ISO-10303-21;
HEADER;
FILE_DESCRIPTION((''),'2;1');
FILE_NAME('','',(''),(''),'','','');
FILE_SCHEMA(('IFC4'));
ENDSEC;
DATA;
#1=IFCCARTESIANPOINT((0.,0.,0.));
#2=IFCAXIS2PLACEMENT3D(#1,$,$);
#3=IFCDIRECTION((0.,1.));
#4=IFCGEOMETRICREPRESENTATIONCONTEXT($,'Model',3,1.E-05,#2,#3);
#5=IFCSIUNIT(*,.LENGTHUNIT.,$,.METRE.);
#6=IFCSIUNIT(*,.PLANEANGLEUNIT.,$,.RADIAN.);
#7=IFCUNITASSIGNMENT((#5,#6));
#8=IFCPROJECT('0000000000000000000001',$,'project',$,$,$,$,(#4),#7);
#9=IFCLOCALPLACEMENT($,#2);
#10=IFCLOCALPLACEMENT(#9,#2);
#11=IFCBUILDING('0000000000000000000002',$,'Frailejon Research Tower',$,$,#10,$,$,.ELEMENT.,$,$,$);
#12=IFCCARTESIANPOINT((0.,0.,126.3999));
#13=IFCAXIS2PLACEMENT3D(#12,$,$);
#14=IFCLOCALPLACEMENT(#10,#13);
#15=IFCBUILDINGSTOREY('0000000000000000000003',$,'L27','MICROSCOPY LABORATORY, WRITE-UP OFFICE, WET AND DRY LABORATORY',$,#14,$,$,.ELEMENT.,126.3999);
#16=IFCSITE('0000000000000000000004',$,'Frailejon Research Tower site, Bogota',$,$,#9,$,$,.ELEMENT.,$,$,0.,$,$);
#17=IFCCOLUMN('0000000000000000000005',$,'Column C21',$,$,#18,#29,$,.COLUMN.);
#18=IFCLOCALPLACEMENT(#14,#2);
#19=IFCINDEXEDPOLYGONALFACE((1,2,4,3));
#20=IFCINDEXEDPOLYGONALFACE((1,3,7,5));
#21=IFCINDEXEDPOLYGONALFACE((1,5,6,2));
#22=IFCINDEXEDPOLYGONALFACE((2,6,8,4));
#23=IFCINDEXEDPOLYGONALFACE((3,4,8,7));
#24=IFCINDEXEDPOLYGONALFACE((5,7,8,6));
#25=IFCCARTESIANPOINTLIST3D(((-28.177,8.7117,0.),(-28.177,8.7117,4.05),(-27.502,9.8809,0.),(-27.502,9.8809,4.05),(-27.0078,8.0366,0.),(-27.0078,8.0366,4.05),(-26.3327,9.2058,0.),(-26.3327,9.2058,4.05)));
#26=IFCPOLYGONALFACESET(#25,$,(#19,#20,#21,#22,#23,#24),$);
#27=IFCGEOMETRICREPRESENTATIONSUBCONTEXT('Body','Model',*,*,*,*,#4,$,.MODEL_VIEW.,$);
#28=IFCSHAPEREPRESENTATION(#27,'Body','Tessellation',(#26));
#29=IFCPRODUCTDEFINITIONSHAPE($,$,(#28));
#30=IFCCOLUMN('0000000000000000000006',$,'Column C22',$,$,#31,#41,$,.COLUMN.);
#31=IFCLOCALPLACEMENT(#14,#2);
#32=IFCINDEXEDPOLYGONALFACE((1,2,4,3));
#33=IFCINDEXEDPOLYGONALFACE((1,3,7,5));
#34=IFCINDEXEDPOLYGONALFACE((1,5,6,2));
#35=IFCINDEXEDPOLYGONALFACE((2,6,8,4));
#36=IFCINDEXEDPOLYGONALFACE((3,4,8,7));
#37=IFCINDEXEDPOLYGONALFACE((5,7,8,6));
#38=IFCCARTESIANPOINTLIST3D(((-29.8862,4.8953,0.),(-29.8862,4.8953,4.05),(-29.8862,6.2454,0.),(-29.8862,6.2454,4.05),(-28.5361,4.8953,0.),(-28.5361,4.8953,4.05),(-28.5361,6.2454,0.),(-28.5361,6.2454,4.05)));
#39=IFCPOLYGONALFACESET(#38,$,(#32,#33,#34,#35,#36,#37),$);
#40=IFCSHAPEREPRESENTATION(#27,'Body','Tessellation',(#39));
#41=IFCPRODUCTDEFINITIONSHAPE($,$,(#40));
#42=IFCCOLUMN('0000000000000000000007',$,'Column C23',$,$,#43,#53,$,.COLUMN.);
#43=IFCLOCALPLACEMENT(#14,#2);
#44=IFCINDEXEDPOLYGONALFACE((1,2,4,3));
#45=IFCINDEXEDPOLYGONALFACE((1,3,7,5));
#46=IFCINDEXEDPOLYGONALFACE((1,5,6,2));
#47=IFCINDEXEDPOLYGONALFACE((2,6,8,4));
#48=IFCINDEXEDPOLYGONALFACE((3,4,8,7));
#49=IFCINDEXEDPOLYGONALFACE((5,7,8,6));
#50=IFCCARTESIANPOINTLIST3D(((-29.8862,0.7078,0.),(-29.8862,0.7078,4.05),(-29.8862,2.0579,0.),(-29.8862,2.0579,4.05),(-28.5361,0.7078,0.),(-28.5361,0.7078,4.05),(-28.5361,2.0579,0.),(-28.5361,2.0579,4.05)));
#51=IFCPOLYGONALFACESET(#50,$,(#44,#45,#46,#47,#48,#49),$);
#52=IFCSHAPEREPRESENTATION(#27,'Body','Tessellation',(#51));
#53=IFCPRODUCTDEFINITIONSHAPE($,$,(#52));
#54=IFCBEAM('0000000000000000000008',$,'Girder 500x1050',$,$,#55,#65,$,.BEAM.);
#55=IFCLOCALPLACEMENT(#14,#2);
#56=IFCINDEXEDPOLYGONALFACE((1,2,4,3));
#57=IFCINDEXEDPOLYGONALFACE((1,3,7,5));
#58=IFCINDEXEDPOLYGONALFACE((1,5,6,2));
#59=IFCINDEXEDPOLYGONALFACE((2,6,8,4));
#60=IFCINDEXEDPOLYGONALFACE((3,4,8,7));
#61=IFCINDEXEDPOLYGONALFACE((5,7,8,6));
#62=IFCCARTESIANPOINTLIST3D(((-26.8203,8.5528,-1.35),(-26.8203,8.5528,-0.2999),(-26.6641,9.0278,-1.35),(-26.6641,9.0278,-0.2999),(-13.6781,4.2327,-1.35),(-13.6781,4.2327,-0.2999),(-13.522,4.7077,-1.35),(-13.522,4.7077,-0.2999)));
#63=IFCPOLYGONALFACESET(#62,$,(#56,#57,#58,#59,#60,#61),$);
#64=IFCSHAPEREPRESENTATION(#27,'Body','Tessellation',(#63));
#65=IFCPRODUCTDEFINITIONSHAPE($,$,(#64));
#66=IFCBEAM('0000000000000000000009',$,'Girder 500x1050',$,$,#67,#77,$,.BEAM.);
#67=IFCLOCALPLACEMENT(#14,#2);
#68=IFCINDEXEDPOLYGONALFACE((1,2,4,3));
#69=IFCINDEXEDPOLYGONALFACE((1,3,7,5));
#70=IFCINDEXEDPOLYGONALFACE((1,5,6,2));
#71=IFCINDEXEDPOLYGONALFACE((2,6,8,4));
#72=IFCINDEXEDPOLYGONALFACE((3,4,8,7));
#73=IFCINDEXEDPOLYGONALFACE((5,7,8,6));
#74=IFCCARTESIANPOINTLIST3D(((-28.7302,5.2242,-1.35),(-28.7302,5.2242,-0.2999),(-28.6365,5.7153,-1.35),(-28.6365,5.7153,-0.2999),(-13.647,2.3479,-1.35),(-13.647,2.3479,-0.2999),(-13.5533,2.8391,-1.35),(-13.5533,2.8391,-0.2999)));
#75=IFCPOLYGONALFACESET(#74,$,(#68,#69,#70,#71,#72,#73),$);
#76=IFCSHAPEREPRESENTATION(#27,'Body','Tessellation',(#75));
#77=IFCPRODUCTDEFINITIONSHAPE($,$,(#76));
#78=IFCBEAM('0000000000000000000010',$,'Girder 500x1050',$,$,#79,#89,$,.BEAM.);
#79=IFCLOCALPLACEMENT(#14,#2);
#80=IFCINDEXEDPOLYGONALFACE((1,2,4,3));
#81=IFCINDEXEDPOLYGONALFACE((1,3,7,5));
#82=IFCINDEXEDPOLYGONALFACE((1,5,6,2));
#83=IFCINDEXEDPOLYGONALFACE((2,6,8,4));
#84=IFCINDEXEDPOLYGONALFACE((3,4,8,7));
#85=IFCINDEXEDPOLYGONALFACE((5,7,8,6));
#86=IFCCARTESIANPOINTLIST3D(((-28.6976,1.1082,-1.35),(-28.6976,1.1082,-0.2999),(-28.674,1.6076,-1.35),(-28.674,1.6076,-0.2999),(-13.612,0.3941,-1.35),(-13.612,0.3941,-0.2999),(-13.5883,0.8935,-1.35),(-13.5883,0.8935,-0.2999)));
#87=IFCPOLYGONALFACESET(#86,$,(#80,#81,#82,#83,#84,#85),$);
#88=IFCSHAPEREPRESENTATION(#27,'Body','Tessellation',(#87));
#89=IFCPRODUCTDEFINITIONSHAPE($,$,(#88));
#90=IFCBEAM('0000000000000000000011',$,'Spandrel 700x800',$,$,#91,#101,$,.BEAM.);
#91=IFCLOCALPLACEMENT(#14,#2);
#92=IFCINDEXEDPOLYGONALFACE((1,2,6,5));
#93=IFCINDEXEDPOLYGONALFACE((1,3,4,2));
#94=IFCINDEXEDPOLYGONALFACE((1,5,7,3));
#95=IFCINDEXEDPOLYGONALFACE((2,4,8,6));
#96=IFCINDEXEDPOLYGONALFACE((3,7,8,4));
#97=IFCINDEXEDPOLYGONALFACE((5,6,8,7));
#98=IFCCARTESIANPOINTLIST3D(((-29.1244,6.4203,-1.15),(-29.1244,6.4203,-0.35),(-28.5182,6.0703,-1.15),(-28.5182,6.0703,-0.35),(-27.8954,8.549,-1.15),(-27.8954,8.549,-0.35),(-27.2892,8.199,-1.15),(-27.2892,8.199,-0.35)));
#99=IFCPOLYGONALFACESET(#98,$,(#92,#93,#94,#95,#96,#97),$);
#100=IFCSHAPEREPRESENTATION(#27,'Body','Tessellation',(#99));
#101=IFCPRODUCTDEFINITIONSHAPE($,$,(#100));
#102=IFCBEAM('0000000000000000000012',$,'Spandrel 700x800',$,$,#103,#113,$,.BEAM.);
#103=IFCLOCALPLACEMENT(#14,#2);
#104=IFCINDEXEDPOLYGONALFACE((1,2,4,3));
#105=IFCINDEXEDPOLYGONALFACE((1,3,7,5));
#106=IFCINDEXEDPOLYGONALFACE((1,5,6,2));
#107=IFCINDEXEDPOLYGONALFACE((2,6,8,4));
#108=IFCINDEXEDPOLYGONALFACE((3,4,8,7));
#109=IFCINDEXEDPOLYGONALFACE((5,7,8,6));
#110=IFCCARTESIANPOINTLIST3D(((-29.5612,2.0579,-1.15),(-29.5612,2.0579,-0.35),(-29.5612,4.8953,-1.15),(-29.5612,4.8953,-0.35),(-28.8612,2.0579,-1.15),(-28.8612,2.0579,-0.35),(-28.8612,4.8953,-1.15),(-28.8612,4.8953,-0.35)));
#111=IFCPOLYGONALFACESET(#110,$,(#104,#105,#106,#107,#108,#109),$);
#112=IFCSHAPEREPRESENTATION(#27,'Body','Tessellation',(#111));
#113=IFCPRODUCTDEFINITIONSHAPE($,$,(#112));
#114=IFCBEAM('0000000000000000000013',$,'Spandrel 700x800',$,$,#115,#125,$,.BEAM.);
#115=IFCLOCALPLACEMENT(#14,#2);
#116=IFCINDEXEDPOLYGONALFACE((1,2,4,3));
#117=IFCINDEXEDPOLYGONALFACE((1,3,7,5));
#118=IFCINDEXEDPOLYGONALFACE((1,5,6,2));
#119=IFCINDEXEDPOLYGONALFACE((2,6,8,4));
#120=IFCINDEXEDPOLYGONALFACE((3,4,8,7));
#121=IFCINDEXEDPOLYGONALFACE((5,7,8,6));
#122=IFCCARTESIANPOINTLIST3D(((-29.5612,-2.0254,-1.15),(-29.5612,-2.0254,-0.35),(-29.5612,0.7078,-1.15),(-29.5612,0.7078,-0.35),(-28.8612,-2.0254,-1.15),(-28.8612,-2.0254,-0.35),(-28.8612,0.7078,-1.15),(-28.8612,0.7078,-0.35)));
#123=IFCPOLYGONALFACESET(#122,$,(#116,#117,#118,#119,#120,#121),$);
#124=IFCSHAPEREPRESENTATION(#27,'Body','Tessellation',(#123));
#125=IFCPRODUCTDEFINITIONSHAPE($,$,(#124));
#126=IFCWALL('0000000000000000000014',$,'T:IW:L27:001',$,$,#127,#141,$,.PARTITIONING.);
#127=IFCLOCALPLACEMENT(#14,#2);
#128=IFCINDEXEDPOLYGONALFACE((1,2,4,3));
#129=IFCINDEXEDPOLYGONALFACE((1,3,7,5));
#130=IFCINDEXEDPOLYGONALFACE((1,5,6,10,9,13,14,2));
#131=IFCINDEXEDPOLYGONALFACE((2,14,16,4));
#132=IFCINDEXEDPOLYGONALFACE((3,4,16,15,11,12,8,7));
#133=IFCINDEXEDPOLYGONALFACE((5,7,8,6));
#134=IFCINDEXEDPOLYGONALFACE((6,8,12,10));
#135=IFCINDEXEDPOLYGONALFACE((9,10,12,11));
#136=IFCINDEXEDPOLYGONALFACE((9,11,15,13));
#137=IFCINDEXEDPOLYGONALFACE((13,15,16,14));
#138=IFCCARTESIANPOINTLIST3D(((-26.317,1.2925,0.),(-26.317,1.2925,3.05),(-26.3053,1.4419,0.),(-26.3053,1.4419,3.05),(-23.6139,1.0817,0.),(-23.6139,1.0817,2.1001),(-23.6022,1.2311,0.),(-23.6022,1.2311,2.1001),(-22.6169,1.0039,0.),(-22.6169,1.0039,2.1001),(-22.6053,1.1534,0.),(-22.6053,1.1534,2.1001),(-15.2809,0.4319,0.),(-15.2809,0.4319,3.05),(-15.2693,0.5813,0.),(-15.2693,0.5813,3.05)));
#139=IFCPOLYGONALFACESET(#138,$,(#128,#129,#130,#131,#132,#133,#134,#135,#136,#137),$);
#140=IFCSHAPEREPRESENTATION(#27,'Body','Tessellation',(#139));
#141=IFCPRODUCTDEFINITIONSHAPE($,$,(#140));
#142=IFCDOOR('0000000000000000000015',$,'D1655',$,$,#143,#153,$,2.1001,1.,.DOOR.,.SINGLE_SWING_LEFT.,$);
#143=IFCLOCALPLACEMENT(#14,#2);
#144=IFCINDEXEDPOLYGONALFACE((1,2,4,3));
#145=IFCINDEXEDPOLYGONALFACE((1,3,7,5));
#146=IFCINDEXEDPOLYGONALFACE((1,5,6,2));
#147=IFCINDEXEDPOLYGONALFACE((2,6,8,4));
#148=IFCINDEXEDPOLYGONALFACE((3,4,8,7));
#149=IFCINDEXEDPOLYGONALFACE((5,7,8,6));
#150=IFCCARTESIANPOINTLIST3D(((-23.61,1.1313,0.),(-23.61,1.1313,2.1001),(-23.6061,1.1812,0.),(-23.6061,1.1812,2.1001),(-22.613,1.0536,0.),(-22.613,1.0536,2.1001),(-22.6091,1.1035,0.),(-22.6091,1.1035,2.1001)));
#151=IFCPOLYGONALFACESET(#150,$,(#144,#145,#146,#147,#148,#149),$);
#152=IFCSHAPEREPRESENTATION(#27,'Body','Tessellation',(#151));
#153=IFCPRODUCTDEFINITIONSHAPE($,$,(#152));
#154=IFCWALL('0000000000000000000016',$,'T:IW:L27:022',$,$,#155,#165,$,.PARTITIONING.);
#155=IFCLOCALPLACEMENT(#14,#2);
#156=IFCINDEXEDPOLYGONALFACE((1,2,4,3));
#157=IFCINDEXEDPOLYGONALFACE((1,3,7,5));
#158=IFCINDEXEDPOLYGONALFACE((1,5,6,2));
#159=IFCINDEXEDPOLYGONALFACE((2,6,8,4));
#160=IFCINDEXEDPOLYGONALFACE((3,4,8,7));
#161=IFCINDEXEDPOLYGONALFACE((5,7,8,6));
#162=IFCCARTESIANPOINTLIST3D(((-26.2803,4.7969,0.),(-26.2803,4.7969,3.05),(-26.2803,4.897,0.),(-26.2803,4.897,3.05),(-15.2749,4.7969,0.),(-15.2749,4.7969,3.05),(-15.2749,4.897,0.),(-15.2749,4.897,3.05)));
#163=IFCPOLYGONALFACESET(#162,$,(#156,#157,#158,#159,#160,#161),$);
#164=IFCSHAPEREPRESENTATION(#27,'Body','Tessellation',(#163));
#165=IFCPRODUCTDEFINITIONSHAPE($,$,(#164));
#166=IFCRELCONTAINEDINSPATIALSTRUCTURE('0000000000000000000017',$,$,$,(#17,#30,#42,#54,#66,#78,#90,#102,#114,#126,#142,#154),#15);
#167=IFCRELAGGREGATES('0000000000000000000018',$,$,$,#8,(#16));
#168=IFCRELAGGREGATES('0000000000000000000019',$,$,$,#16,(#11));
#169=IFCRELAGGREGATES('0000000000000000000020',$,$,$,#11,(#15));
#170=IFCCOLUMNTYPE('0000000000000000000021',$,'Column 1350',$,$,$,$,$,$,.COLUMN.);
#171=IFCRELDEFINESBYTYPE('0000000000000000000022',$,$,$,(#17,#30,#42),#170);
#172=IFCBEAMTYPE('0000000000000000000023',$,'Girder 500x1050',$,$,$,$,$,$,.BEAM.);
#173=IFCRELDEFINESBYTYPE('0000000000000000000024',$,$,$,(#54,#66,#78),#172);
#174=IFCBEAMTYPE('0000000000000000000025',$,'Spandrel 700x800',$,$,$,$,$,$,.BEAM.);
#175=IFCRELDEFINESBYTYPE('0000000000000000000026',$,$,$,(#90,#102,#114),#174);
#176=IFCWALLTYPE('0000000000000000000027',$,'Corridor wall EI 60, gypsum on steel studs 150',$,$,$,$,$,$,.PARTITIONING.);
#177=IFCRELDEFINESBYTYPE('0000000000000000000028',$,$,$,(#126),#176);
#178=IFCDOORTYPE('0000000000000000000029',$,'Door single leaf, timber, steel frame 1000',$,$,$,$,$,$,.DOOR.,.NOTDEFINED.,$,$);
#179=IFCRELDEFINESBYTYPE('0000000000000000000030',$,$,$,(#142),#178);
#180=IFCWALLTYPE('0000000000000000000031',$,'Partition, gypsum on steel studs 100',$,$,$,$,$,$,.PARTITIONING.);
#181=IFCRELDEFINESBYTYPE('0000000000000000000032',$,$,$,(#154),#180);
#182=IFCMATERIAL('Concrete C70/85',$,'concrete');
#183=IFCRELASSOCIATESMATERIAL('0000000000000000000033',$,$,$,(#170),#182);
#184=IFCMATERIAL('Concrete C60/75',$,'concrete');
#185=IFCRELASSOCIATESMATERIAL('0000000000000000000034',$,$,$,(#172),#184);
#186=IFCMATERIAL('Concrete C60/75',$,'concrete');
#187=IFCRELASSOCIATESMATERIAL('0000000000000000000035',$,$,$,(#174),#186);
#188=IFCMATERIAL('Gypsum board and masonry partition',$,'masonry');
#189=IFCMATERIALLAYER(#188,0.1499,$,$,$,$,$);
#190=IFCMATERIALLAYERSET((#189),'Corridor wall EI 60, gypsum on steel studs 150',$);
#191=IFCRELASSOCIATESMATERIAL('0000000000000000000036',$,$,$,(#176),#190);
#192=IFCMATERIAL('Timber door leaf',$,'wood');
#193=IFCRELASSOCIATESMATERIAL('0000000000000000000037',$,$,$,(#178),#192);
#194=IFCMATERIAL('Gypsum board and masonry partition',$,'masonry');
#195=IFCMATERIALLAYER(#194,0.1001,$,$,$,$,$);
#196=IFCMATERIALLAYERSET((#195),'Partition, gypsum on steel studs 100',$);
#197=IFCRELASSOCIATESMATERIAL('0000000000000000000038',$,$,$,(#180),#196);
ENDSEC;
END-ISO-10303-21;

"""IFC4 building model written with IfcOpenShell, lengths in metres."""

from ifc_helpers import new_model, si_unit, direction, frame, frame_2d, origin, origin_2d, place, context, subcontext, project, spatial, rectangle, extrude, material, layer, layer_set, material_profile, profile_set, type_object, element, fill, save


model = new_model("IFC4")

# Units and contexts
model_context = context("Model", 3, precision=1e-05, world=origin(), true_north=direction((0.0, 1.0)))
body_context = subcontext(model_context, "Body", "Model", "MODEL_VIEW")
ifc_project = project(units=[si_unit("LENGTHUNIT", "METRE"), si_unit("PLANEANGLEUNIT", "RADIAN")], contexts=[model_context])

# Site, building, storey
site_placement = place(None, origin())
site = spatial("IfcSite", under=ifc_project, at=site_placement, Name="Frailejon Research Tower site, Bogota", CompositionType="ELEMENT", RefElevation=0.0)
building_placement = place(site_placement, origin())
building = spatial("IfcBuilding", under=site, at=building_placement, Name="Frailejon Research Tower", CompositionType="ELEMENT")
storey_placement = place(building_placement, frame((0.0, 0.0, 126.3999)))
storey = spatial("IfcBuildingStorey", under=building, at=storey_placement, Name="L27", Description="MICROSCOPY LABORATORY, WRITE-UP OFFICE, WET AND DRY LABORATORY", CompositionType="ELEMENT", Elevation=126.3999)

# Columns
ifc_material_1 = material(Name="Concrete C70/85", Category="concrete")
ifc_material_profile_1 = material_profile(ifc_material_1, rectangle(XDim=1.3501, YDim=1.3501, at=origin_2d()), Name="Column 1350")
ifc_profile_set_1 = profile_set([ifc_material_profile_1], Name="Concrete C70/85")
column_type = type_object("IfcColumnType", Name="Column 1350", PredefinedType="COLUMN", material=ifc_profile_set_1)
for number, where, z_axis, x_axis, name in (
    (1, (-27.2549, 8.9587, 0.0), (0.0, 0.0, 1.0), (-0.5, -0.866025, 0.0), "Column C21"),
    (2, (-29.2112, 5.5703, 0.0), (0.0, 0.0, 1.0), (0.0, -1.0, 0.0), "Column C22"),
    (3, (-29.2112, 1.3828, 0.0), (0.0, 0.0, 1.0), (0.0, -1.0, 0.0), "Column C23"),
):
    element("IfcColumn", number, at=place(storey_placement, frame(where, z_axis=z_axis, x_axis=x_axis)), inside=storey, type_object=column_type, Name=name, PredefinedType="COLUMN", context=body_context, shape_type="SweptSolid", body=[
        extrude(rectangle(XDim=1.3501, YDim=1.3501, at=origin_2d()), origin(), (0.0, 0.0, 1.0), 4.05),
    ])

# Beams
ifc_material_2 = material(Name="Concrete C60/75", Category="concrete")
ifc_material_profile_2 = material_profile(ifc_material_2, rectangle(XDim=0.5, YDim=1.05, at=origin_2d()), Name="Girder 500x1050")
ifc_profile_set_2 = profile_set([ifc_material_profile_2], Name="Concrete C60/75")
beam_type_1 = type_object("IfcBeamType", Name="Girder 500x1050", PredefinedType="BEAM", material=ifc_profile_set_2)
beam_1_placement = place(storey_placement, frame((-26.7422, 8.7903, -0.825), z_axis=(0.94999, -0.312281, 0.0), x_axis=(0.312281, 0.94999, 0.0)))
element("IfcBeam", 4, at=beam_1_placement, inside=storey, type_object=beam_type_1, Name="Girder 500x1050", PredefinedType="BEAM", context=body_context, shape_type="SweptSolid", body=[
    extrude(rectangle(XDim=0.5, YDim=1.05, at=origin_2d()), origin(), (0.0, 0.0, 1.0), 13.834),
])
beam_2_placement = place(storey_placement, frame((-28.6833, 5.4697, -0.825), z_axis=(0.9823, -0.187314, 0.0), x_axis=(0.187314, 0.9823, 0.0)))
element("IfcBeam", 5, at=beam_2_placement, inside=storey, type_object=beam_type_1, Name="Girder 500x1050", PredefinedType="BEAM", context=body_context, shape_type="SweptSolid", body=[
    extrude(rectangle(XDim=0.5, YDim=1.05, at=origin_2d()), origin(), (0.0, 0.0, 1.0), 15.355),
])
beam_3_placement = place(storey_placement, frame((-28.6858, 1.3579, -0.825), z_axis=(0.998881, -0.047284, 0.0), x_axis=(0.047284, 0.998881, 0.0)))
element("IfcBeam", 6, at=beam_3_placement, inside=storey, type_object=beam_type_1, Name="Girder 500x1050", PredefinedType="BEAM", context=body_context, shape_type="SweptSolid", body=[
    extrude(rectangle(XDim=0.5, YDim=1.05, at=origin_2d()), origin(), (0.0, 0.0, 1.0), 15.1025),
])
ifc_material_3 = material(Name="Concrete C60/75", Category="concrete")
ifc_material_profile_3 = material_profile(ifc_material_3, rectangle(XDim=0.7, YDim=0.8, at=origin_2d()), Name="Spandrel 700x800")
ifc_profile_set_3 = profile_set([ifc_material_profile_3], Name="Concrete C60/75")
beam_type_2 = type_object("IfcBeamType", Name="Spandrel 700x800", PredefinedType="BEAM", material=ifc_profile_set_3)
beam_4_placement = place(storey_placement, frame((-27.5923, 8.374, -0.75), z_axis=(-0.500006, -0.866022, 0.0), x_axis=(0.866022, -0.500006, 0.0)))
element("IfcBeam", 7, at=beam_4_placement, inside=storey, type_object=beam_type_2, Name="Spandrel 700x800", PredefinedType="BEAM", context=body_context, shape_type="SweptSolid", body=[
    extrude(rectangle(XDim=0.7, YDim=0.8, at=origin_2d()), origin(), (0.0, 0.0, 1.0), 2.458),
])
beam_5_placement = place(storey_placement, frame((-29.2112, 4.8953, -0.75), z_axis=(0.0, -1.0, 0.0), x_axis=(1.0, 0.0, 0.0)))
element("IfcBeam", 8, at=beam_5_placement, inside=storey, type_object=beam_type_2, Name="Spandrel 700x800", PredefinedType="BEAM", context=body_context, shape_type="SweptSolid", body=[
    extrude(rectangle(XDim=0.7, YDim=0.8, at=origin_2d()), origin(), (0.0, 0.0, 1.0), 2.8374),
])
beam_6_placement = place(storey_placement, frame((-29.2112, 0.7078, -0.75), z_axis=(0.0, -1.0, 0.0), x_axis=(1.0, 0.0, 0.0)))
element("IfcBeam", 9, at=beam_6_placement, inside=storey, type_object=beam_type_2, Name="Spandrel 700x800", PredefinedType="BEAM", context=body_context, shape_type="SweptSolid", body=[
    extrude(rectangle(XDim=0.7, YDim=0.8, at=origin_2d()), origin(), (0.0, 0.0, 1.0), 2.7332),
])

# Wall, opening, door
ifc_material_4 = material(Name="Gypsum board and masonry partition", Category="masonry")
ifc_layer_1 = layer(ifc_material_4, 0.1499)
ifc_layer_set_1 = layer_set([ifc_layer_1], Name="Corridor wall EI 60, gypsum on steel studs 150")
wall_type_1 = type_object("IfcWallType", Name="Corridor wall EI 60, gypsum on steel studs 150", PredefinedType="PARTITIONING", material=ifc_layer_set_1)
wall_1_placement = place(storey_placement, frame((-26.311, 1.3672, 0.0), z_axis=(0.0, 0.0, 1.0), x_axis=(0.996973, -0.077744, 0.0)))
wall_1 = element("IfcWall", 10, at=wall_1_placement, inside=storey, type_object=wall_type_1, Name="T:IW:L27:001", PredefinedType="PARTITIONING", context=body_context, shape_type="SweptSolid", body=[
    extrude(rectangle(XDim=11.0696, YDim=0.1499, at=frame_2d((5.5347, 0.0))), origin(), (0.0, 0.0, 1.0), 3.05),
])
opening_1_placement = place(wall_1_placement, frame((2.7112, 0.0, 0.0)))
opening_1 = element("IfcOpeningElement", 11, at=opening_1_placement, cuts=wall_1, PredefinedType="OPENING", context=body_context, shape_type="SweptSolid", body=[
    extrude(rectangle(XDim=1.0, YDim=2.1001, at=frame_2d((0.5, 1.05))), frame((0.0, 0.085, 0.0), z_axis=(0.0, -1.0, 0.0), x_axis=(1.0, 0.0, 0.0)), (0.0, 0.0, 1.0), 0.1699),
])
ifc_material_5 = material(Name="Timber door leaf", Category="wood")
door_type = type_object("IfcDoorType", Name="Door single leaf, timber, steel frame 1000", OperationType="NOTDEFINED", PredefinedType="DOOR", material=ifc_material_5)
door_placement = place(opening_1_placement, origin())
door = element("IfcDoor", 12, at=door_placement, inside=storey, type_object=door_type, Name="D1655", OperationType="SINGLE_SWING_LEFT", OverallHeight=2.1001, OverallWidth=1.0, PredefinedType="DOOR", context=body_context, shape_type="SweptSolid", body=[
    extrude(rectangle(XDim=1.0, YDim=2.1001, at=frame_2d((0.5, 1.05))), frame((0.0, 0.0249, 0.0), z_axis=(0.0, -1.0, 0.0), x_axis=(1.0, 0.0, 0.0)), (0.0, 0.0, 1.0), 0.05),
])
fill(opening_1, door)

# Wall
ifc_material_6 = material(Name="Gypsum board and masonry partition", Category="masonry")
ifc_layer_2 = layer(ifc_material_6, 0.1001)
ifc_layer_set_2 = layer_set([ifc_layer_2], Name="Partition, gypsum on steel studs 100")
wall_type_2 = type_object("IfcWallType", Name="Partition, gypsum on steel studs 100", PredefinedType="PARTITIONING", material=ifc_layer_set_2)
wall_2_placement = place(storey_placement, frame((-26.2803, 4.8469, 0.0), z_axis=(0.0, 0.0, 1.0), x_axis=(1.0, 0.0, 0.0)))
element("IfcWall", 13, at=wall_2_placement, inside=storey, type_object=wall_type_2, Name="T:IW:L27:022", PredefinedType="PARTITIONING", context=body_context, shape_type="SweptSolid", body=[
    extrude(rectangle(XDim=11.0054, YDim=0.1001, at=frame_2d((5.5027, 0.0))), origin(), (0.0, 0.0, 1.0), 3.05),
])

save(model, "model.ifc")
